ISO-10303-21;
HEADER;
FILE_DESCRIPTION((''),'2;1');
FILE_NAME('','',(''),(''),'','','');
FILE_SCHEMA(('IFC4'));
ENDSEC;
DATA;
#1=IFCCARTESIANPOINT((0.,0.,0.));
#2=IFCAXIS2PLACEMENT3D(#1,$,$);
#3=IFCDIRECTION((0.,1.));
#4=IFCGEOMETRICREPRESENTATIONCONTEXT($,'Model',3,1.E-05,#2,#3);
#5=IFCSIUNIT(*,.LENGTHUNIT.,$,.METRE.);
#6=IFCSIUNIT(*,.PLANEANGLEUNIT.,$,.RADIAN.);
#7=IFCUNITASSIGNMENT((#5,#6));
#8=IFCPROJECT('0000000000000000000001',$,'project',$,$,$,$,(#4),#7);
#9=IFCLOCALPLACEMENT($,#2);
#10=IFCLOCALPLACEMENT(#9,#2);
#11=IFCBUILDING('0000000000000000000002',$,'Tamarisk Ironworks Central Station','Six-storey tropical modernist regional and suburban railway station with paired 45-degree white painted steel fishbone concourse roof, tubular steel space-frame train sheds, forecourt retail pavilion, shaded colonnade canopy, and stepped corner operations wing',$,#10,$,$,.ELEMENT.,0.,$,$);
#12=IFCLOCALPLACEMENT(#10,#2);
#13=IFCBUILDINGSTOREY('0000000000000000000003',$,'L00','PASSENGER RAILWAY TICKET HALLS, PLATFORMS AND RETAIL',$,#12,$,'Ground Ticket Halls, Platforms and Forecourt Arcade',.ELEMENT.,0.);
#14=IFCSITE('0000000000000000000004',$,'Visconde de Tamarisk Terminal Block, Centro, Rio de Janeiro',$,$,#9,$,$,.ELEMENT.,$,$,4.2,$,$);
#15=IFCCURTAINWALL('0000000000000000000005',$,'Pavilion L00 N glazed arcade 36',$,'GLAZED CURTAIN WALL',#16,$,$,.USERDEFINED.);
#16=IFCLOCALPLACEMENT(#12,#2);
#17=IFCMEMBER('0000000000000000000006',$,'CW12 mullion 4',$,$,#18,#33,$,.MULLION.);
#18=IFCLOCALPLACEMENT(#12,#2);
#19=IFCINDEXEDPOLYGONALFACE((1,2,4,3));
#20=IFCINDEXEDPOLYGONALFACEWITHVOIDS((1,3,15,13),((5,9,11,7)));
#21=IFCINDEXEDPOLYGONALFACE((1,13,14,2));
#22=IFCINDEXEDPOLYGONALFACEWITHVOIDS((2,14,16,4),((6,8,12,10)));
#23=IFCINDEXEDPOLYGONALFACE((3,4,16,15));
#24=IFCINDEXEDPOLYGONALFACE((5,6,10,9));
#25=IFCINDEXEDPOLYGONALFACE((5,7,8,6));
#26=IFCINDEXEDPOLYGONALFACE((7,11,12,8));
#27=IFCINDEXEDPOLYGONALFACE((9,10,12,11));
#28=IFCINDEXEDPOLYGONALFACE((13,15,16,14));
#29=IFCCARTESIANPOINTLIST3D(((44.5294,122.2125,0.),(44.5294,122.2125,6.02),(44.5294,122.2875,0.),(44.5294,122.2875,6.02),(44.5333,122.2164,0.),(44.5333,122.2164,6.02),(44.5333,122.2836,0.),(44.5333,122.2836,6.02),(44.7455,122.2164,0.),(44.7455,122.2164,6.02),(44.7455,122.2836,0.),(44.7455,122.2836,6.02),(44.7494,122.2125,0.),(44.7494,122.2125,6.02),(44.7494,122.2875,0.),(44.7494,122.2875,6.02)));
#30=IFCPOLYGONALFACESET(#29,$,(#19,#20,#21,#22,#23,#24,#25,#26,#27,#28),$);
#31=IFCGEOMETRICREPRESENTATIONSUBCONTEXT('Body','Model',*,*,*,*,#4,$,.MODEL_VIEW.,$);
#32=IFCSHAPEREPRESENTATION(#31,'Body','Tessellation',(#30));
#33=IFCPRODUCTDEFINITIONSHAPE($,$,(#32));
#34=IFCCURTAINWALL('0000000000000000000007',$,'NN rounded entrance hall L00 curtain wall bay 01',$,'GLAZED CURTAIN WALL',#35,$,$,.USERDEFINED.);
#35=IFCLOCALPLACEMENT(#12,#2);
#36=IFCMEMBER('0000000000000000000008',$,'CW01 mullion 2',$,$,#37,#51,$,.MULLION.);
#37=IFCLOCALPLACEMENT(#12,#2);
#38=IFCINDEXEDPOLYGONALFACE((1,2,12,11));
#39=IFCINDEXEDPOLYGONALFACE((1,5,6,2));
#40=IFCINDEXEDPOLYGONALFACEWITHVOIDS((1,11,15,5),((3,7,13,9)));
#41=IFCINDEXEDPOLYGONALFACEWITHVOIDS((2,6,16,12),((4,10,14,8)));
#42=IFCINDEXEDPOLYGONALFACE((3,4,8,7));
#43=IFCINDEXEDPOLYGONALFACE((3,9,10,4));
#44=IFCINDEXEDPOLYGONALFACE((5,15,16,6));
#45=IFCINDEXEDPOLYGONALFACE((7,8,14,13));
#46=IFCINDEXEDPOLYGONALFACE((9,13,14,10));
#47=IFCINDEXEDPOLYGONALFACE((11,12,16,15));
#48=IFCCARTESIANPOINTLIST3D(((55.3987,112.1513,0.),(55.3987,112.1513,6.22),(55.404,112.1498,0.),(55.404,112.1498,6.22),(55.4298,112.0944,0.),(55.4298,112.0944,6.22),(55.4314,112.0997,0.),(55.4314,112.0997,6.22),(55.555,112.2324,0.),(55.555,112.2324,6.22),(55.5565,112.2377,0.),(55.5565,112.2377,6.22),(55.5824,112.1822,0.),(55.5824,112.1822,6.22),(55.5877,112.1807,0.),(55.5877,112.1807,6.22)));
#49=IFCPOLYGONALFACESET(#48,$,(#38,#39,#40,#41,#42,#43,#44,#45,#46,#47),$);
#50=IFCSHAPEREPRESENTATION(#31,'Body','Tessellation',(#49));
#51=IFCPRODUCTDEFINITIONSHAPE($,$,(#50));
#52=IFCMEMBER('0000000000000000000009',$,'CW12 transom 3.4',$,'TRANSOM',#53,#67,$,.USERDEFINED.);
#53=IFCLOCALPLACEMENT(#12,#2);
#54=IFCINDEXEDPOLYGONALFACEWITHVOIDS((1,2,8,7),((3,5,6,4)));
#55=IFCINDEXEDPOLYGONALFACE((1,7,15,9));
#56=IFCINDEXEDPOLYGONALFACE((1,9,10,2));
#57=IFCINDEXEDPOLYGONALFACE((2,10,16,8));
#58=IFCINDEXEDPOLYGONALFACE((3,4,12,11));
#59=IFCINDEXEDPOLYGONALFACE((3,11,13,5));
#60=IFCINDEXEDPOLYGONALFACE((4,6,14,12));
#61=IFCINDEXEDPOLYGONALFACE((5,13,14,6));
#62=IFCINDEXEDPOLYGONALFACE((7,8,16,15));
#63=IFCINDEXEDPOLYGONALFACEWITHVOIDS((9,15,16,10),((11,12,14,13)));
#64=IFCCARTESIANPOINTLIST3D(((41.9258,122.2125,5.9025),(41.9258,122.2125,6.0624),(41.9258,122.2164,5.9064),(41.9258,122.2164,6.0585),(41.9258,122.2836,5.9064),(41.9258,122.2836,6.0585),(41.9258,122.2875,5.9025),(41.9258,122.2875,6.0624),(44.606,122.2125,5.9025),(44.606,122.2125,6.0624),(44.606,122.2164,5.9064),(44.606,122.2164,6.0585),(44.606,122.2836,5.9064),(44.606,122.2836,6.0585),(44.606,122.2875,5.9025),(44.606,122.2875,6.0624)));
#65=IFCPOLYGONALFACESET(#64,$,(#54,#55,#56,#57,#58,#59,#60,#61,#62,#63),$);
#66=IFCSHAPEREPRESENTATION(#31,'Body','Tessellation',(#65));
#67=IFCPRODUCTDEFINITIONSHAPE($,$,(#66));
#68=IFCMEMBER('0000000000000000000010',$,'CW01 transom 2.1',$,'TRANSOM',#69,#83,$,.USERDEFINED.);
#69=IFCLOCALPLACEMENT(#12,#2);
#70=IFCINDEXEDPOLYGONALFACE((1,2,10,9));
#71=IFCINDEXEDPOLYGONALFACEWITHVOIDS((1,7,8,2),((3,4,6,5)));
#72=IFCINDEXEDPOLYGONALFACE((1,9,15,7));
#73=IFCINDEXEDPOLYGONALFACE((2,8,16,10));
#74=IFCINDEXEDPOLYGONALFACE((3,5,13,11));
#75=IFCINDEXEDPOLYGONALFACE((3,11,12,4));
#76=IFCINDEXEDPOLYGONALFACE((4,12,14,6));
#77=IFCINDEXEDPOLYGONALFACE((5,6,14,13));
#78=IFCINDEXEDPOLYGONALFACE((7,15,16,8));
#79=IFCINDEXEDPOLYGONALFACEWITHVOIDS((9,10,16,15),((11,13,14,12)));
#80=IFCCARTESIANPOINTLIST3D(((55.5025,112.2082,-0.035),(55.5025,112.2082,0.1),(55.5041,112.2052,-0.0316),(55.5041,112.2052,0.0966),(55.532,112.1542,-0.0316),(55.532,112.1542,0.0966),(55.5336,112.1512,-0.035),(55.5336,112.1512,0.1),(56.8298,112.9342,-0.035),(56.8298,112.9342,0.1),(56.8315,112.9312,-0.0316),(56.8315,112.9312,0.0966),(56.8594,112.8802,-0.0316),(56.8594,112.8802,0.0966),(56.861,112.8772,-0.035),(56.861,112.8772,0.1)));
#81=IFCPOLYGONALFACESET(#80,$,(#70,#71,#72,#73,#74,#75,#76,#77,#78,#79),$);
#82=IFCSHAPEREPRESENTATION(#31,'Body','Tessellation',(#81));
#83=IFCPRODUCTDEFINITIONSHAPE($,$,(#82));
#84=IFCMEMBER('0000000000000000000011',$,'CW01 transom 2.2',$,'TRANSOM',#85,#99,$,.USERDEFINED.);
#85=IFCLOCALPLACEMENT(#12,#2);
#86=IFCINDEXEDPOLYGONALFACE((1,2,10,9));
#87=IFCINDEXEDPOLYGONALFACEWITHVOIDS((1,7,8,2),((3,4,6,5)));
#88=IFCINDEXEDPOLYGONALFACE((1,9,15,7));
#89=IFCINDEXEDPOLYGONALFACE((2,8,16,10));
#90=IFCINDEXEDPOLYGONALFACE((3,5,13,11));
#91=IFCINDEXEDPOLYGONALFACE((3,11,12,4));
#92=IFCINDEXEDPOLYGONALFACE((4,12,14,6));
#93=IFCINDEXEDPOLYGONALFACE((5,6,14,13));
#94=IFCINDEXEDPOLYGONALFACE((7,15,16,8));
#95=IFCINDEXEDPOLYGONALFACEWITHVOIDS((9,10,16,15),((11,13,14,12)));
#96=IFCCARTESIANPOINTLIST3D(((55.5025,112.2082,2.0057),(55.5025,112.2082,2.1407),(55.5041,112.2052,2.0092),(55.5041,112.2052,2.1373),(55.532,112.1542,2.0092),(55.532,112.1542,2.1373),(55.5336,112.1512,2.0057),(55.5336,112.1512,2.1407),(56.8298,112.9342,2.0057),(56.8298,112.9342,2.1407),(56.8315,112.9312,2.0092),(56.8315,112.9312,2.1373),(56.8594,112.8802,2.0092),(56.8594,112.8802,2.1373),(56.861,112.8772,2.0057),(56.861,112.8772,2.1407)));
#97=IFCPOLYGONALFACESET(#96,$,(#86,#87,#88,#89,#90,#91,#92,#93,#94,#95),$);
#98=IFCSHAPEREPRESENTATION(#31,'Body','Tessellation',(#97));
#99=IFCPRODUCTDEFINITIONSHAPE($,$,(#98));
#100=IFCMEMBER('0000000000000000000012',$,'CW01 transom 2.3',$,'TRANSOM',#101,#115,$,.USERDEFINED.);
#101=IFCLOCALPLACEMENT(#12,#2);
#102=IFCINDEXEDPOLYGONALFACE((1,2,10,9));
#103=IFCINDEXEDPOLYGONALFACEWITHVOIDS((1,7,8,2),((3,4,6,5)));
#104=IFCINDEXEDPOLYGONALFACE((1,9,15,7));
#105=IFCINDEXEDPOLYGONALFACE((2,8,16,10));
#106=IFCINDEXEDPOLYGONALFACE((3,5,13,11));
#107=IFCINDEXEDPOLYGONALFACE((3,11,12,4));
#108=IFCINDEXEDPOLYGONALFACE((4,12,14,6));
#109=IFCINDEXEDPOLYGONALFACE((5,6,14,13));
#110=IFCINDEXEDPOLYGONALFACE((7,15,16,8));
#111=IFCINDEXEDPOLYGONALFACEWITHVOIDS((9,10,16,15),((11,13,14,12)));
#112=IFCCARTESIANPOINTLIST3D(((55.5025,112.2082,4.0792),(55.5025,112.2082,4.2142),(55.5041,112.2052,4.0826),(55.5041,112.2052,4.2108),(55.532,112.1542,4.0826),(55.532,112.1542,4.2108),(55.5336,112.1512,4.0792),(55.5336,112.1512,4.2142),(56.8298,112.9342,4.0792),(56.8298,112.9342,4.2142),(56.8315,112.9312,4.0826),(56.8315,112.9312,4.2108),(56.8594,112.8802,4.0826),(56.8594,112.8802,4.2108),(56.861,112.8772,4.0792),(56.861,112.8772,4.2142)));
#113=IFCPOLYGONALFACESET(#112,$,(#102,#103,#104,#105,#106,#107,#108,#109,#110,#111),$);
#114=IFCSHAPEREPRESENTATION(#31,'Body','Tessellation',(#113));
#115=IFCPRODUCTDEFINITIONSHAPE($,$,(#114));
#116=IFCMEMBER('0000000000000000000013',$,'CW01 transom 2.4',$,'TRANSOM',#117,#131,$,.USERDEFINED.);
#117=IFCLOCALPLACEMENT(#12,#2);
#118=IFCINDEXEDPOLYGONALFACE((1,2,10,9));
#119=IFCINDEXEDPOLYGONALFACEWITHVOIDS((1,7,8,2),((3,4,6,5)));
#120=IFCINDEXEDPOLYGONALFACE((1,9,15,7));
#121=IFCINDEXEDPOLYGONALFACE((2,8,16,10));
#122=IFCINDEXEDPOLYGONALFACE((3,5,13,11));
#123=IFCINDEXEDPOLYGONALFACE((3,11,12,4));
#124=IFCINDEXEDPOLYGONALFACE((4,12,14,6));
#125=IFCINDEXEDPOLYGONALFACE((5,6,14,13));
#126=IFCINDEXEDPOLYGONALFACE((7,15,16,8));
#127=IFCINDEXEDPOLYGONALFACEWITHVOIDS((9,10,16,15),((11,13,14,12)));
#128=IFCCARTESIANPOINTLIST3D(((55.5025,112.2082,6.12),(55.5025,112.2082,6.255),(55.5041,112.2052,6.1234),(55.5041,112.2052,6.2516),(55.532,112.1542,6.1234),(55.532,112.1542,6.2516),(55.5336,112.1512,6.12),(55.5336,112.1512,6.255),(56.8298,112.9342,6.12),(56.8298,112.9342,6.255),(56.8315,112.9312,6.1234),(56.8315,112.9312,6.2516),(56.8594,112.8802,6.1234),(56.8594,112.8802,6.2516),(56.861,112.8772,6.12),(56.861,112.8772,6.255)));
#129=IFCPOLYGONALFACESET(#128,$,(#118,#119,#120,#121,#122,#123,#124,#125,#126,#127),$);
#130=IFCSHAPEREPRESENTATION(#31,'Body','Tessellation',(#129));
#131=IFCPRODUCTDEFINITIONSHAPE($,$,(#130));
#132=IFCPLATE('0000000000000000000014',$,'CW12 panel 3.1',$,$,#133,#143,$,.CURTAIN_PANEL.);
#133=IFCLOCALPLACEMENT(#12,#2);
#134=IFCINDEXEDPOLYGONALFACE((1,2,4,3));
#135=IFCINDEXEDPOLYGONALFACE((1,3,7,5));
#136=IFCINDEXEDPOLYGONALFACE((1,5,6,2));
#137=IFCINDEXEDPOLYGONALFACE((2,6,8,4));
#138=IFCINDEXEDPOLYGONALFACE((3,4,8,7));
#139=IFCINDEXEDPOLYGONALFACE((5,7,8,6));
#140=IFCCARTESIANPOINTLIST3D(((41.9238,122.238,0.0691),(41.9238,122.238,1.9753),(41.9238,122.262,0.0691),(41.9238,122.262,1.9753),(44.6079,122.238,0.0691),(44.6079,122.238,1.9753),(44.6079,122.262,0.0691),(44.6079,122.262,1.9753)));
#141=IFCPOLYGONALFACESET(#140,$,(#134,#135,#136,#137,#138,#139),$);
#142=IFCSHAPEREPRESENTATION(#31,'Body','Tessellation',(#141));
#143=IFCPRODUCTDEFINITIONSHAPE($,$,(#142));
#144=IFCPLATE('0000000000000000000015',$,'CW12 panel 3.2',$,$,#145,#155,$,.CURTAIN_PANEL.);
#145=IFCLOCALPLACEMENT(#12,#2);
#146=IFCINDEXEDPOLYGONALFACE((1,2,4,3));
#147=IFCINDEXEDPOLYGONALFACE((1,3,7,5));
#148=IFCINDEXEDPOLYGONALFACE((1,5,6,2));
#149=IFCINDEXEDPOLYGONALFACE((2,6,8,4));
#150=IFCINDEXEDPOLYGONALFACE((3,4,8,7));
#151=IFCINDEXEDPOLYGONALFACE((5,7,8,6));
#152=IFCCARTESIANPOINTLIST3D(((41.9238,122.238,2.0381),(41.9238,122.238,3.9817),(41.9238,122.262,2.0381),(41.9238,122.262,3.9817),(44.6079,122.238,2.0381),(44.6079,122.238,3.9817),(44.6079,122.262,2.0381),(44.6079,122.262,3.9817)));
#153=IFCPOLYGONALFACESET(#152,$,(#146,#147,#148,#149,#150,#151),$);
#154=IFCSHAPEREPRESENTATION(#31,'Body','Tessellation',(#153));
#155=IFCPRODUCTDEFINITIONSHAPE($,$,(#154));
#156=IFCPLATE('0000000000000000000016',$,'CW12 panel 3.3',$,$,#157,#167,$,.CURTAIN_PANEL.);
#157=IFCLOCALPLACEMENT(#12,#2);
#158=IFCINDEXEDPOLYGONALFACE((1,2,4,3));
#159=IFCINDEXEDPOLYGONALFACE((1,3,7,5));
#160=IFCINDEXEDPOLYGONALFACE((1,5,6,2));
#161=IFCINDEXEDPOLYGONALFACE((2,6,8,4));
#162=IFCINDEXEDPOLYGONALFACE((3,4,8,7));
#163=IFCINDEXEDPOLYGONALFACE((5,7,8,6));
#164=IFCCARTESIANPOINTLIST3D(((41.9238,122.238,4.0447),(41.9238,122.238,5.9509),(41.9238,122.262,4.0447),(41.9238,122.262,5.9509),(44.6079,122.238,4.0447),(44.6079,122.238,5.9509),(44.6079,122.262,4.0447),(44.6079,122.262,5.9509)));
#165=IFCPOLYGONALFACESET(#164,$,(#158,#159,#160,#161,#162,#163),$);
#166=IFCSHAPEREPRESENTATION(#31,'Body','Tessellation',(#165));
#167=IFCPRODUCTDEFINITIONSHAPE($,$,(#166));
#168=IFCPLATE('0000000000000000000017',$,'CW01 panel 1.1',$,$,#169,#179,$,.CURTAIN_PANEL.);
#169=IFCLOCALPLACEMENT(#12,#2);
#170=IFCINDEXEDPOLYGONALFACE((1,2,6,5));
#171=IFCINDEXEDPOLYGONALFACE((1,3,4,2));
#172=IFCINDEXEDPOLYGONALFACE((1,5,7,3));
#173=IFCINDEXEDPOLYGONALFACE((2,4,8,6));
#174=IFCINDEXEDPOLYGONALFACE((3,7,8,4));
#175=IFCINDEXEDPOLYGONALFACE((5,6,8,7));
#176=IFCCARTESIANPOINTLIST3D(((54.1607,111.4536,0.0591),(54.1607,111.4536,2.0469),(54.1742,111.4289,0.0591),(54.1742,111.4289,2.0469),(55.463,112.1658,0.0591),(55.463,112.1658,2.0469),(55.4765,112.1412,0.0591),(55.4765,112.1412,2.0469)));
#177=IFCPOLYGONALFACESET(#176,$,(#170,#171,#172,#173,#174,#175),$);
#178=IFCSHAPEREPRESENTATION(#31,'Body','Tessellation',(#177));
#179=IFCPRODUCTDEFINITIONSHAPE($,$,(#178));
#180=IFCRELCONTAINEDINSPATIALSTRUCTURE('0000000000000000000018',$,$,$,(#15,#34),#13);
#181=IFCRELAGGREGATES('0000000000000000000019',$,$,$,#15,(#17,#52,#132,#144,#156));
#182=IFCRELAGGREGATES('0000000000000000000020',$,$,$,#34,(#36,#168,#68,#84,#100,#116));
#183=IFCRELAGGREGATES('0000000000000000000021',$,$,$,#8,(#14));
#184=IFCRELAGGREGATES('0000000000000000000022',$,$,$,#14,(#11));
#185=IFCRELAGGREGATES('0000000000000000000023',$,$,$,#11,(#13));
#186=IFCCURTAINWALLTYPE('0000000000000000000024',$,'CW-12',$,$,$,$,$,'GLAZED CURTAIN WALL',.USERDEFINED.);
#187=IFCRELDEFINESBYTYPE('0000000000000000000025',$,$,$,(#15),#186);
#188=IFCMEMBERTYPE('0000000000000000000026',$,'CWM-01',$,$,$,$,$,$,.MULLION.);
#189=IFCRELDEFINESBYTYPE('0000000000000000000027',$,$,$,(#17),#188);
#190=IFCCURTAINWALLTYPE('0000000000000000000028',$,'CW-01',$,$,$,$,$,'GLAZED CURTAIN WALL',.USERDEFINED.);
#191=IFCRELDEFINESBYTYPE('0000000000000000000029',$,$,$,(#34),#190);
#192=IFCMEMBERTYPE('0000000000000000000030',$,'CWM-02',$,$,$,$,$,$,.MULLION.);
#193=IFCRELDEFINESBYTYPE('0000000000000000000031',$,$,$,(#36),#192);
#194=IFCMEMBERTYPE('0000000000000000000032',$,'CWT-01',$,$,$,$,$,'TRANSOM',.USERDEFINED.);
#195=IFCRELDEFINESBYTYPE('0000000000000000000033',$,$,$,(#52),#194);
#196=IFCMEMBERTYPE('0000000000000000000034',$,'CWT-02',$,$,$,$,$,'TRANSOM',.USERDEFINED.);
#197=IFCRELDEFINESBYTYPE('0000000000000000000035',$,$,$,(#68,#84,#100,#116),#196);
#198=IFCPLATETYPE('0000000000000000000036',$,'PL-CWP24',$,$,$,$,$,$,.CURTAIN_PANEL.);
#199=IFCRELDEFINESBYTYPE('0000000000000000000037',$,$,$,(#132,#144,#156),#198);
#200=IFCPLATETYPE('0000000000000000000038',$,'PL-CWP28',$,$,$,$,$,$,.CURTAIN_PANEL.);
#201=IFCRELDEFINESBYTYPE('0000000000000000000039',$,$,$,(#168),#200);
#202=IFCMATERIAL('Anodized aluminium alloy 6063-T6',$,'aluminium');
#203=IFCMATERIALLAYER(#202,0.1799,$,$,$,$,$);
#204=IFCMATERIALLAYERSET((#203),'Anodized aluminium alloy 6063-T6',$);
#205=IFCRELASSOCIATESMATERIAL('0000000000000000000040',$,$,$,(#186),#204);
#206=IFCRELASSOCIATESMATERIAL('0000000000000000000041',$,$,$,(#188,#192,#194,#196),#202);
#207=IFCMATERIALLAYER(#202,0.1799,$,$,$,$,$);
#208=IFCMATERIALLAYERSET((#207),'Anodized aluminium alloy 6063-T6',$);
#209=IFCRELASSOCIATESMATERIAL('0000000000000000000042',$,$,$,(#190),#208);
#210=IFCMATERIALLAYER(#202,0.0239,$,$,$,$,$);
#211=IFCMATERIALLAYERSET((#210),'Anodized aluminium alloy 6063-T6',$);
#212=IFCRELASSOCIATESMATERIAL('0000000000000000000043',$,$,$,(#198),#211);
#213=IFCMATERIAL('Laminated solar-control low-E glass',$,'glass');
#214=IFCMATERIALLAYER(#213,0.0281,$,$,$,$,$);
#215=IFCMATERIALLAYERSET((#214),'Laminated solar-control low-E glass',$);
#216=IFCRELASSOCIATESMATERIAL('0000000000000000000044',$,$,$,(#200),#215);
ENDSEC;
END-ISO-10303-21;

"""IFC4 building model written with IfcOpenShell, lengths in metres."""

from ifc_helpers import new_model, si_unit, direction, frame, origin, origin_2d, place, context, subcontext, project, spatial, rectangle, hollow_rectangle, extrude, material, layer, layer_set, material_profile, profile_set, type_object, element, aggregate, save


model = new_model("IFC4")

# Units and contexts
model_context = context("Model", 3, precision=1e-05, world=origin(), true_north=direction((0.0, 1.0)))
body_context = subcontext(model_context, "Body", "Model", "MODEL_VIEW")
ifc_project = project(units=[si_unit("LENGTHUNIT", "METRE"), si_unit("PLANEANGLEUNIT", "RADIAN")], contexts=[model_context])

# Site, building, storey
site_placement = place(None, origin())
site = spatial("IfcSite", under=ifc_project, at=site_placement, Name="Visconde de Tamarisk Terminal Block, Centro, Rio de Janeiro", CompositionType="ELEMENT", RefElevation=4.2)
building_placement = place(site_placement, origin())
building = spatial("IfcBuilding", under=site, at=building_placement, Name="Tamarisk Ironworks Central Station", Description="Six-storey tropical modernist regional and suburban railway station with paired 45-degree white painted steel fishbone concourse roof, tubular steel space-frame train sheds, forecourt retail pavilion, shaded colonnade canopy, and stepped corner operations wing", CompositionType="ELEMENT", ElevationOfRefHeight=0.0)
storey_placement = place(building_placement, origin())
storey = spatial("IfcBuildingStorey", under=building, at=storey_placement, Name="L00", Description="PASSENGER RAILWAY TICKET HALLS, PLATFORMS AND RETAIL", LongName="Ground Ticket Halls, Platforms and Forecourt Arcade", CompositionType="ELEMENT", Elevation=0.0)

# Curtain walls, members
ifc_material_1 = material(Name="Anodized aluminium alloy 6063-T6", Category="aluminium")
ifc_layer_1 = layer(ifc_material_1, 0.1799)
ifc_layer_set_1 = layer_set([ifc_layer_1], Name="Anodized aluminium alloy 6063-T6")
curtain_wall_type_1 = type_object("IfcCurtainWallType", Name="CW-12", ElementType="GLAZED CURTAIN WALL", PredefinedType="USERDEFINED", material=ifc_layer_set_1)
curtain_wall_1_placement = place(storey_placement, origin())
curtain_wall_1 = element("IfcCurtainWall", 1, at=curtain_wall_1_placement, inside=storey, type_object=curtain_wall_type_1, Name="Pavilion L00 N glazed arcade 36", ObjectType="GLAZED CURTAIN WALL", PredefinedType="USERDEFINED")
ifc_material_profile_1 = material_profile(ifc_material_1, hollow_rectangle(XDim=0.075, YDim=0.22, WallThickness=0.0039, at=origin_2d()), Name="ALUM 220x75")
ifc_profile_set_1 = profile_set([ifc_material_profile_1], Name="Anodized aluminium alloy 6063-T6")
member_type_1 = type_object("IfcMemberType", Name="CWM-01", PredefinedType="MULLION", material=ifc_profile_set_1)
member_1_placement = place(storey_placement, frame((44.6394, 122.25, 0.0), z_axis=(0.0, 0.0, 1.0), x_axis=(0.0, 1.0, 0.0)))
member_1 = element("IfcMember", 2, at=member_1_placement, type_object=member_type_1, Name="CW12 mullion 4", PredefinedType="MULLION", context=body_context, shape_type="SweptSolid", body=[
    extrude(hollow_rectangle(XDim=0.075, YDim=0.22, WallThickness=0.0039, at=origin_2d()), origin(), (0.0, 0.0, 1.0), 6.02),
])
ifc_layer_2 = layer(ifc_material_1, 0.1799)
ifc_layer_set_2 = layer_set([ifc_layer_2], Name="Anodized aluminium alloy 6063-T6")
curtain_wall_type_2 = type_object("IfcCurtainWallType", Name="CW-01", ElementType="GLAZED CURTAIN WALL", PredefinedType="USERDEFINED", material=ifc_layer_set_2)
curtain_wall_2_placement = place(storey_placement, origin())
curtain_wall_2 = element("IfcCurtainWall", 3, at=curtain_wall_2_placement, inside=storey, type_object=curtain_wall_type_2, Name="NN rounded entrance hall L00 curtain wall bay 01", ObjectType="GLAZED CURTAIN WALL", PredefinedType="USERDEFINED")
ifc_material_profile_2 = material_profile(ifc_material_1, hollow_rectangle(XDim=0.0649, YDim=0.1799, WallThickness=0.0039, at=origin_2d()), Name="ALUM 180x65")
ifc_profile_set_2 = profile_set([ifc_material_profile_2], Name="Anodized aluminium alloy 6063-T6")
member_type_2 = type_object("IfcMemberType", Name="CWM-02", PredefinedType="MULLION", material=ifc_profile_set_2)
member_2_placement = place(storey_placement, frame((55.4932, 112.166, 0.0), z_axis=(0.0, 0.0, 1.0), x_axis=(-0.479805, 0.877375, 0.0)))
member_2 = element("IfcMember", 4, at=member_2_placement, type_object=member_type_2, Name="CW01 mullion 2", PredefinedType="MULLION", context=body_context, shape_type="SweptSolid", body=[
    extrude(hollow_rectangle(XDim=0.0649, YDim=0.1799, WallThickness=0.0039, at=origin_2d()), origin(), (0.0, 0.0, 1.0), 6.22),
])

# Members
ifc_material_profile_3 = material_profile(ifc_material_1, hollow_rectangle(XDim=0.075, YDim=0.1599, WallThickness=0.0039, at=origin_2d()), Name="ALUM 160x75")
ifc_profile_set_3 = profile_set([ifc_material_profile_3], Name="Anodized aluminium alloy 6063-T6")
member_type_3 = type_object("IfcMemberType", Name="CWT-01", ElementType="TRANSOM", PredefinedType="USERDEFINED", material=ifc_profile_set_3)
member_3_placement = place(storey_placement, frame((41.9258, 122.25, 5.9824), z_axis=(1.0, 0.0, 0.0), x_axis=(0.0, 1.0, 0.0)))
member_3 = element("IfcMember", 5, at=member_3_placement, type_object=member_type_3, Name="CW12 transom 3.4", ObjectType="TRANSOM", PredefinedType="USERDEFINED", context=body_context, shape_type="SweptSolid", body=[
    extrude(hollow_rectangle(XDim=0.075, YDim=0.1599, WallThickness=0.0039, at=origin_2d()), origin(), (0.0, 0.0, 1.0), 2.6802),
])
ifc_material_profile_4 = material_profile(ifc_material_1, hollow_rectangle(XDim=0.0649, YDim=0.135, WallThickness=0.0034, at=origin_2d()), Name="ALUM 135x65")
ifc_profile_set_4 = profile_set([ifc_material_profile_4], Name="Anodized aluminium alloy 6063-T6")
member_type_4 = type_object("IfcMemberType", Name="CWT-02", ElementType="TRANSOM", PredefinedType="USERDEFINED", material=ifc_profile_set_4)
member_4_placement = place(storey_placement, frame((55.5181, 112.1797, 0.0325), z_axis=(0.877328, 0.479892, 0.0), x_axis=(-0.479892, 0.877328, 0.0)))
member_4 = element("IfcMember", 6, at=member_4_placement, type_object=member_type_4, Name="CW01 transom 2.1", ObjectType="TRANSOM", PredefinedType="USERDEFINED", context=body_context, shape_type="SweptSolid", body=[
    extrude(hollow_rectangle(XDim=0.0649, YDim=0.135, WallThickness=0.0034, at=origin_2d()), origin(), (0.0, 0.0, 1.0), 1.5129),
])
member_5_placement = place(storey_placement, frame((55.5181, 112.1797, 2.0732), z_axis=(0.877328, 0.479892, 0.0), x_axis=(-0.479892, 0.877328, 0.0)))
member_5 = element("IfcMember", 7, at=member_5_placement, type_object=member_type_4, Name="CW01 transom 2.2", ObjectType="TRANSOM", PredefinedType="USERDEFINED", context=body_context, shape_type="SweptSolid", body=[
    extrude(hollow_rectangle(XDim=0.0649, YDim=0.135, WallThickness=0.0034, at=origin_2d()), origin(), (0.0, 0.0, 1.0), 1.5129),
])
member_6_placement = place(storey_placement, frame((55.5181, 112.1797, 4.1467), z_axis=(0.877328, 0.479892, 0.0), x_axis=(-0.479892, 0.877328, 0.0)))
member_6 = element("IfcMember", 8, at=member_6_placement, type_object=member_type_4, Name="CW01 transom 2.3", ObjectType="TRANSOM", PredefinedType="USERDEFINED", context=body_context, shape_type="SweptSolid", body=[
    extrude(hollow_rectangle(XDim=0.0649, YDim=0.135, WallThickness=0.0034, at=origin_2d()), origin(), (0.0, 0.0, 1.0), 1.5129),
])
member_7_placement = place(storey_placement, frame((55.5181, 112.1797, 6.1875), z_axis=(0.877328, 0.479892, 0.0), x_axis=(-0.479892, 0.877328, 0.0)))
member_7 = element("IfcMember", 9, at=member_7_placement, type_object=member_type_4, Name="CW01 transom 2.4", ObjectType="TRANSOM", PredefinedType="USERDEFINED", context=body_context, shape_type="SweptSolid", body=[
    extrude(hollow_rectangle(XDim=0.0649, YDim=0.135, WallThickness=0.0034, at=origin_2d()), origin(), (0.0, 0.0, 1.0), 1.5129),
])

# Plates
ifc_layer_3 = layer(ifc_material_1, 0.0239)
ifc_layer_set_3 = layer_set([ifc_layer_3], Name="Anodized aluminium alloy 6063-T6")
plate_type_1 = type_object("IfcPlateType", Name="PL-CWP24", PredefinedType="CURTAIN_PANEL", material=ifc_layer_set_3)
plate_1_placement = place(storey_placement, frame((43.2659, 122.25, 0.0691), z_axis=(0.0, 0.0, 1.0), x_axis=(1.0, 0.0, 0.0)))
plate_1 = element("IfcPlate", 10, at=plate_1_placement, type_object=plate_type_1, Name="CW12 panel 3.1", PredefinedType="CURTAIN_PANEL", context=body_context, shape_type="SweptSolid", body=[
    extrude(rectangle(XDim=2.6841, YDim=0.0239, at=origin_2d()), origin(), (0.0, 0.0, 1.0), 1.9062),
])
plate_2_placement = place(storey_placement, frame((43.2659, 122.25, 2.0381), z_axis=(0.0, 0.0, 1.0), x_axis=(1.0, 0.0, 0.0)))
plate_2 = element("IfcPlate", 11, at=plate_2_placement, type_object=plate_type_1, Name="CW12 panel 3.2", PredefinedType="CURTAIN_PANEL", context=body_context, shape_type="SweptSolid", body=[
    extrude(rectangle(XDim=2.6841, YDim=0.0239, at=origin_2d()), origin(), (0.0, 0.0, 1.0), 1.9436),
])
plate_3_placement = place(storey_placement, frame((43.2659, 122.25, 4.0447), z_axis=(0.0, 0.0, 1.0), x_axis=(1.0, 0.0, 0.0)))
plate_3 = element("IfcPlate", 12, at=plate_3_placement, type_object=plate_type_1, Name="CW12 panel 3.3", PredefinedType="CURTAIN_PANEL", context=body_context, shape_type="SweptSolid", body=[
    extrude(rectangle(XDim=2.6841, YDim=0.0239, at=origin_2d()), origin(), (0.0, 0.0, 1.0), 1.9062),
])
aggregate(curtain_wall_1, [member_1, member_3, plate_1, plate_2, plate_3])
ifc_material_2 = material(Name="Laminated solar-control low-E glass", Category="glass")
ifc_layer_4 = layer(ifc_material_2, 0.0281)
ifc_layer_set_4 = layer_set([ifc_layer_4], Name="Laminated solar-control low-E glass")
plate_type_2 = type_object("IfcPlateType", Name="PL-CWP28", PredefinedType="CURTAIN_PANEL", material=ifc_layer_set_4)
plate_4_placement = place(storey_placement, frame((54.8186, 111.7974, 0.0591), z_axis=(0.0, 0.0, 1.0), x_axis=(0.877375, 0.479805, 0.0)))
plate_4 = element("IfcPlate", 13, at=plate_4_placement, type_object=plate_type_2, Name="CW01 panel 1.1", PredefinedType="CURTAIN_PANEL", context=body_context, shape_type="SweptSolid", body=[
    extrude(rectangle(XDim=1.4844, YDim=0.0281, at=origin_2d()), origin(), (0.0, 0.0, 1.0), 1.9878),
])
aggregate(curtain_wall_2, [member_2, plate_4, member_4, member_5, member_6, member_7])

save(model, "model.ifc")
